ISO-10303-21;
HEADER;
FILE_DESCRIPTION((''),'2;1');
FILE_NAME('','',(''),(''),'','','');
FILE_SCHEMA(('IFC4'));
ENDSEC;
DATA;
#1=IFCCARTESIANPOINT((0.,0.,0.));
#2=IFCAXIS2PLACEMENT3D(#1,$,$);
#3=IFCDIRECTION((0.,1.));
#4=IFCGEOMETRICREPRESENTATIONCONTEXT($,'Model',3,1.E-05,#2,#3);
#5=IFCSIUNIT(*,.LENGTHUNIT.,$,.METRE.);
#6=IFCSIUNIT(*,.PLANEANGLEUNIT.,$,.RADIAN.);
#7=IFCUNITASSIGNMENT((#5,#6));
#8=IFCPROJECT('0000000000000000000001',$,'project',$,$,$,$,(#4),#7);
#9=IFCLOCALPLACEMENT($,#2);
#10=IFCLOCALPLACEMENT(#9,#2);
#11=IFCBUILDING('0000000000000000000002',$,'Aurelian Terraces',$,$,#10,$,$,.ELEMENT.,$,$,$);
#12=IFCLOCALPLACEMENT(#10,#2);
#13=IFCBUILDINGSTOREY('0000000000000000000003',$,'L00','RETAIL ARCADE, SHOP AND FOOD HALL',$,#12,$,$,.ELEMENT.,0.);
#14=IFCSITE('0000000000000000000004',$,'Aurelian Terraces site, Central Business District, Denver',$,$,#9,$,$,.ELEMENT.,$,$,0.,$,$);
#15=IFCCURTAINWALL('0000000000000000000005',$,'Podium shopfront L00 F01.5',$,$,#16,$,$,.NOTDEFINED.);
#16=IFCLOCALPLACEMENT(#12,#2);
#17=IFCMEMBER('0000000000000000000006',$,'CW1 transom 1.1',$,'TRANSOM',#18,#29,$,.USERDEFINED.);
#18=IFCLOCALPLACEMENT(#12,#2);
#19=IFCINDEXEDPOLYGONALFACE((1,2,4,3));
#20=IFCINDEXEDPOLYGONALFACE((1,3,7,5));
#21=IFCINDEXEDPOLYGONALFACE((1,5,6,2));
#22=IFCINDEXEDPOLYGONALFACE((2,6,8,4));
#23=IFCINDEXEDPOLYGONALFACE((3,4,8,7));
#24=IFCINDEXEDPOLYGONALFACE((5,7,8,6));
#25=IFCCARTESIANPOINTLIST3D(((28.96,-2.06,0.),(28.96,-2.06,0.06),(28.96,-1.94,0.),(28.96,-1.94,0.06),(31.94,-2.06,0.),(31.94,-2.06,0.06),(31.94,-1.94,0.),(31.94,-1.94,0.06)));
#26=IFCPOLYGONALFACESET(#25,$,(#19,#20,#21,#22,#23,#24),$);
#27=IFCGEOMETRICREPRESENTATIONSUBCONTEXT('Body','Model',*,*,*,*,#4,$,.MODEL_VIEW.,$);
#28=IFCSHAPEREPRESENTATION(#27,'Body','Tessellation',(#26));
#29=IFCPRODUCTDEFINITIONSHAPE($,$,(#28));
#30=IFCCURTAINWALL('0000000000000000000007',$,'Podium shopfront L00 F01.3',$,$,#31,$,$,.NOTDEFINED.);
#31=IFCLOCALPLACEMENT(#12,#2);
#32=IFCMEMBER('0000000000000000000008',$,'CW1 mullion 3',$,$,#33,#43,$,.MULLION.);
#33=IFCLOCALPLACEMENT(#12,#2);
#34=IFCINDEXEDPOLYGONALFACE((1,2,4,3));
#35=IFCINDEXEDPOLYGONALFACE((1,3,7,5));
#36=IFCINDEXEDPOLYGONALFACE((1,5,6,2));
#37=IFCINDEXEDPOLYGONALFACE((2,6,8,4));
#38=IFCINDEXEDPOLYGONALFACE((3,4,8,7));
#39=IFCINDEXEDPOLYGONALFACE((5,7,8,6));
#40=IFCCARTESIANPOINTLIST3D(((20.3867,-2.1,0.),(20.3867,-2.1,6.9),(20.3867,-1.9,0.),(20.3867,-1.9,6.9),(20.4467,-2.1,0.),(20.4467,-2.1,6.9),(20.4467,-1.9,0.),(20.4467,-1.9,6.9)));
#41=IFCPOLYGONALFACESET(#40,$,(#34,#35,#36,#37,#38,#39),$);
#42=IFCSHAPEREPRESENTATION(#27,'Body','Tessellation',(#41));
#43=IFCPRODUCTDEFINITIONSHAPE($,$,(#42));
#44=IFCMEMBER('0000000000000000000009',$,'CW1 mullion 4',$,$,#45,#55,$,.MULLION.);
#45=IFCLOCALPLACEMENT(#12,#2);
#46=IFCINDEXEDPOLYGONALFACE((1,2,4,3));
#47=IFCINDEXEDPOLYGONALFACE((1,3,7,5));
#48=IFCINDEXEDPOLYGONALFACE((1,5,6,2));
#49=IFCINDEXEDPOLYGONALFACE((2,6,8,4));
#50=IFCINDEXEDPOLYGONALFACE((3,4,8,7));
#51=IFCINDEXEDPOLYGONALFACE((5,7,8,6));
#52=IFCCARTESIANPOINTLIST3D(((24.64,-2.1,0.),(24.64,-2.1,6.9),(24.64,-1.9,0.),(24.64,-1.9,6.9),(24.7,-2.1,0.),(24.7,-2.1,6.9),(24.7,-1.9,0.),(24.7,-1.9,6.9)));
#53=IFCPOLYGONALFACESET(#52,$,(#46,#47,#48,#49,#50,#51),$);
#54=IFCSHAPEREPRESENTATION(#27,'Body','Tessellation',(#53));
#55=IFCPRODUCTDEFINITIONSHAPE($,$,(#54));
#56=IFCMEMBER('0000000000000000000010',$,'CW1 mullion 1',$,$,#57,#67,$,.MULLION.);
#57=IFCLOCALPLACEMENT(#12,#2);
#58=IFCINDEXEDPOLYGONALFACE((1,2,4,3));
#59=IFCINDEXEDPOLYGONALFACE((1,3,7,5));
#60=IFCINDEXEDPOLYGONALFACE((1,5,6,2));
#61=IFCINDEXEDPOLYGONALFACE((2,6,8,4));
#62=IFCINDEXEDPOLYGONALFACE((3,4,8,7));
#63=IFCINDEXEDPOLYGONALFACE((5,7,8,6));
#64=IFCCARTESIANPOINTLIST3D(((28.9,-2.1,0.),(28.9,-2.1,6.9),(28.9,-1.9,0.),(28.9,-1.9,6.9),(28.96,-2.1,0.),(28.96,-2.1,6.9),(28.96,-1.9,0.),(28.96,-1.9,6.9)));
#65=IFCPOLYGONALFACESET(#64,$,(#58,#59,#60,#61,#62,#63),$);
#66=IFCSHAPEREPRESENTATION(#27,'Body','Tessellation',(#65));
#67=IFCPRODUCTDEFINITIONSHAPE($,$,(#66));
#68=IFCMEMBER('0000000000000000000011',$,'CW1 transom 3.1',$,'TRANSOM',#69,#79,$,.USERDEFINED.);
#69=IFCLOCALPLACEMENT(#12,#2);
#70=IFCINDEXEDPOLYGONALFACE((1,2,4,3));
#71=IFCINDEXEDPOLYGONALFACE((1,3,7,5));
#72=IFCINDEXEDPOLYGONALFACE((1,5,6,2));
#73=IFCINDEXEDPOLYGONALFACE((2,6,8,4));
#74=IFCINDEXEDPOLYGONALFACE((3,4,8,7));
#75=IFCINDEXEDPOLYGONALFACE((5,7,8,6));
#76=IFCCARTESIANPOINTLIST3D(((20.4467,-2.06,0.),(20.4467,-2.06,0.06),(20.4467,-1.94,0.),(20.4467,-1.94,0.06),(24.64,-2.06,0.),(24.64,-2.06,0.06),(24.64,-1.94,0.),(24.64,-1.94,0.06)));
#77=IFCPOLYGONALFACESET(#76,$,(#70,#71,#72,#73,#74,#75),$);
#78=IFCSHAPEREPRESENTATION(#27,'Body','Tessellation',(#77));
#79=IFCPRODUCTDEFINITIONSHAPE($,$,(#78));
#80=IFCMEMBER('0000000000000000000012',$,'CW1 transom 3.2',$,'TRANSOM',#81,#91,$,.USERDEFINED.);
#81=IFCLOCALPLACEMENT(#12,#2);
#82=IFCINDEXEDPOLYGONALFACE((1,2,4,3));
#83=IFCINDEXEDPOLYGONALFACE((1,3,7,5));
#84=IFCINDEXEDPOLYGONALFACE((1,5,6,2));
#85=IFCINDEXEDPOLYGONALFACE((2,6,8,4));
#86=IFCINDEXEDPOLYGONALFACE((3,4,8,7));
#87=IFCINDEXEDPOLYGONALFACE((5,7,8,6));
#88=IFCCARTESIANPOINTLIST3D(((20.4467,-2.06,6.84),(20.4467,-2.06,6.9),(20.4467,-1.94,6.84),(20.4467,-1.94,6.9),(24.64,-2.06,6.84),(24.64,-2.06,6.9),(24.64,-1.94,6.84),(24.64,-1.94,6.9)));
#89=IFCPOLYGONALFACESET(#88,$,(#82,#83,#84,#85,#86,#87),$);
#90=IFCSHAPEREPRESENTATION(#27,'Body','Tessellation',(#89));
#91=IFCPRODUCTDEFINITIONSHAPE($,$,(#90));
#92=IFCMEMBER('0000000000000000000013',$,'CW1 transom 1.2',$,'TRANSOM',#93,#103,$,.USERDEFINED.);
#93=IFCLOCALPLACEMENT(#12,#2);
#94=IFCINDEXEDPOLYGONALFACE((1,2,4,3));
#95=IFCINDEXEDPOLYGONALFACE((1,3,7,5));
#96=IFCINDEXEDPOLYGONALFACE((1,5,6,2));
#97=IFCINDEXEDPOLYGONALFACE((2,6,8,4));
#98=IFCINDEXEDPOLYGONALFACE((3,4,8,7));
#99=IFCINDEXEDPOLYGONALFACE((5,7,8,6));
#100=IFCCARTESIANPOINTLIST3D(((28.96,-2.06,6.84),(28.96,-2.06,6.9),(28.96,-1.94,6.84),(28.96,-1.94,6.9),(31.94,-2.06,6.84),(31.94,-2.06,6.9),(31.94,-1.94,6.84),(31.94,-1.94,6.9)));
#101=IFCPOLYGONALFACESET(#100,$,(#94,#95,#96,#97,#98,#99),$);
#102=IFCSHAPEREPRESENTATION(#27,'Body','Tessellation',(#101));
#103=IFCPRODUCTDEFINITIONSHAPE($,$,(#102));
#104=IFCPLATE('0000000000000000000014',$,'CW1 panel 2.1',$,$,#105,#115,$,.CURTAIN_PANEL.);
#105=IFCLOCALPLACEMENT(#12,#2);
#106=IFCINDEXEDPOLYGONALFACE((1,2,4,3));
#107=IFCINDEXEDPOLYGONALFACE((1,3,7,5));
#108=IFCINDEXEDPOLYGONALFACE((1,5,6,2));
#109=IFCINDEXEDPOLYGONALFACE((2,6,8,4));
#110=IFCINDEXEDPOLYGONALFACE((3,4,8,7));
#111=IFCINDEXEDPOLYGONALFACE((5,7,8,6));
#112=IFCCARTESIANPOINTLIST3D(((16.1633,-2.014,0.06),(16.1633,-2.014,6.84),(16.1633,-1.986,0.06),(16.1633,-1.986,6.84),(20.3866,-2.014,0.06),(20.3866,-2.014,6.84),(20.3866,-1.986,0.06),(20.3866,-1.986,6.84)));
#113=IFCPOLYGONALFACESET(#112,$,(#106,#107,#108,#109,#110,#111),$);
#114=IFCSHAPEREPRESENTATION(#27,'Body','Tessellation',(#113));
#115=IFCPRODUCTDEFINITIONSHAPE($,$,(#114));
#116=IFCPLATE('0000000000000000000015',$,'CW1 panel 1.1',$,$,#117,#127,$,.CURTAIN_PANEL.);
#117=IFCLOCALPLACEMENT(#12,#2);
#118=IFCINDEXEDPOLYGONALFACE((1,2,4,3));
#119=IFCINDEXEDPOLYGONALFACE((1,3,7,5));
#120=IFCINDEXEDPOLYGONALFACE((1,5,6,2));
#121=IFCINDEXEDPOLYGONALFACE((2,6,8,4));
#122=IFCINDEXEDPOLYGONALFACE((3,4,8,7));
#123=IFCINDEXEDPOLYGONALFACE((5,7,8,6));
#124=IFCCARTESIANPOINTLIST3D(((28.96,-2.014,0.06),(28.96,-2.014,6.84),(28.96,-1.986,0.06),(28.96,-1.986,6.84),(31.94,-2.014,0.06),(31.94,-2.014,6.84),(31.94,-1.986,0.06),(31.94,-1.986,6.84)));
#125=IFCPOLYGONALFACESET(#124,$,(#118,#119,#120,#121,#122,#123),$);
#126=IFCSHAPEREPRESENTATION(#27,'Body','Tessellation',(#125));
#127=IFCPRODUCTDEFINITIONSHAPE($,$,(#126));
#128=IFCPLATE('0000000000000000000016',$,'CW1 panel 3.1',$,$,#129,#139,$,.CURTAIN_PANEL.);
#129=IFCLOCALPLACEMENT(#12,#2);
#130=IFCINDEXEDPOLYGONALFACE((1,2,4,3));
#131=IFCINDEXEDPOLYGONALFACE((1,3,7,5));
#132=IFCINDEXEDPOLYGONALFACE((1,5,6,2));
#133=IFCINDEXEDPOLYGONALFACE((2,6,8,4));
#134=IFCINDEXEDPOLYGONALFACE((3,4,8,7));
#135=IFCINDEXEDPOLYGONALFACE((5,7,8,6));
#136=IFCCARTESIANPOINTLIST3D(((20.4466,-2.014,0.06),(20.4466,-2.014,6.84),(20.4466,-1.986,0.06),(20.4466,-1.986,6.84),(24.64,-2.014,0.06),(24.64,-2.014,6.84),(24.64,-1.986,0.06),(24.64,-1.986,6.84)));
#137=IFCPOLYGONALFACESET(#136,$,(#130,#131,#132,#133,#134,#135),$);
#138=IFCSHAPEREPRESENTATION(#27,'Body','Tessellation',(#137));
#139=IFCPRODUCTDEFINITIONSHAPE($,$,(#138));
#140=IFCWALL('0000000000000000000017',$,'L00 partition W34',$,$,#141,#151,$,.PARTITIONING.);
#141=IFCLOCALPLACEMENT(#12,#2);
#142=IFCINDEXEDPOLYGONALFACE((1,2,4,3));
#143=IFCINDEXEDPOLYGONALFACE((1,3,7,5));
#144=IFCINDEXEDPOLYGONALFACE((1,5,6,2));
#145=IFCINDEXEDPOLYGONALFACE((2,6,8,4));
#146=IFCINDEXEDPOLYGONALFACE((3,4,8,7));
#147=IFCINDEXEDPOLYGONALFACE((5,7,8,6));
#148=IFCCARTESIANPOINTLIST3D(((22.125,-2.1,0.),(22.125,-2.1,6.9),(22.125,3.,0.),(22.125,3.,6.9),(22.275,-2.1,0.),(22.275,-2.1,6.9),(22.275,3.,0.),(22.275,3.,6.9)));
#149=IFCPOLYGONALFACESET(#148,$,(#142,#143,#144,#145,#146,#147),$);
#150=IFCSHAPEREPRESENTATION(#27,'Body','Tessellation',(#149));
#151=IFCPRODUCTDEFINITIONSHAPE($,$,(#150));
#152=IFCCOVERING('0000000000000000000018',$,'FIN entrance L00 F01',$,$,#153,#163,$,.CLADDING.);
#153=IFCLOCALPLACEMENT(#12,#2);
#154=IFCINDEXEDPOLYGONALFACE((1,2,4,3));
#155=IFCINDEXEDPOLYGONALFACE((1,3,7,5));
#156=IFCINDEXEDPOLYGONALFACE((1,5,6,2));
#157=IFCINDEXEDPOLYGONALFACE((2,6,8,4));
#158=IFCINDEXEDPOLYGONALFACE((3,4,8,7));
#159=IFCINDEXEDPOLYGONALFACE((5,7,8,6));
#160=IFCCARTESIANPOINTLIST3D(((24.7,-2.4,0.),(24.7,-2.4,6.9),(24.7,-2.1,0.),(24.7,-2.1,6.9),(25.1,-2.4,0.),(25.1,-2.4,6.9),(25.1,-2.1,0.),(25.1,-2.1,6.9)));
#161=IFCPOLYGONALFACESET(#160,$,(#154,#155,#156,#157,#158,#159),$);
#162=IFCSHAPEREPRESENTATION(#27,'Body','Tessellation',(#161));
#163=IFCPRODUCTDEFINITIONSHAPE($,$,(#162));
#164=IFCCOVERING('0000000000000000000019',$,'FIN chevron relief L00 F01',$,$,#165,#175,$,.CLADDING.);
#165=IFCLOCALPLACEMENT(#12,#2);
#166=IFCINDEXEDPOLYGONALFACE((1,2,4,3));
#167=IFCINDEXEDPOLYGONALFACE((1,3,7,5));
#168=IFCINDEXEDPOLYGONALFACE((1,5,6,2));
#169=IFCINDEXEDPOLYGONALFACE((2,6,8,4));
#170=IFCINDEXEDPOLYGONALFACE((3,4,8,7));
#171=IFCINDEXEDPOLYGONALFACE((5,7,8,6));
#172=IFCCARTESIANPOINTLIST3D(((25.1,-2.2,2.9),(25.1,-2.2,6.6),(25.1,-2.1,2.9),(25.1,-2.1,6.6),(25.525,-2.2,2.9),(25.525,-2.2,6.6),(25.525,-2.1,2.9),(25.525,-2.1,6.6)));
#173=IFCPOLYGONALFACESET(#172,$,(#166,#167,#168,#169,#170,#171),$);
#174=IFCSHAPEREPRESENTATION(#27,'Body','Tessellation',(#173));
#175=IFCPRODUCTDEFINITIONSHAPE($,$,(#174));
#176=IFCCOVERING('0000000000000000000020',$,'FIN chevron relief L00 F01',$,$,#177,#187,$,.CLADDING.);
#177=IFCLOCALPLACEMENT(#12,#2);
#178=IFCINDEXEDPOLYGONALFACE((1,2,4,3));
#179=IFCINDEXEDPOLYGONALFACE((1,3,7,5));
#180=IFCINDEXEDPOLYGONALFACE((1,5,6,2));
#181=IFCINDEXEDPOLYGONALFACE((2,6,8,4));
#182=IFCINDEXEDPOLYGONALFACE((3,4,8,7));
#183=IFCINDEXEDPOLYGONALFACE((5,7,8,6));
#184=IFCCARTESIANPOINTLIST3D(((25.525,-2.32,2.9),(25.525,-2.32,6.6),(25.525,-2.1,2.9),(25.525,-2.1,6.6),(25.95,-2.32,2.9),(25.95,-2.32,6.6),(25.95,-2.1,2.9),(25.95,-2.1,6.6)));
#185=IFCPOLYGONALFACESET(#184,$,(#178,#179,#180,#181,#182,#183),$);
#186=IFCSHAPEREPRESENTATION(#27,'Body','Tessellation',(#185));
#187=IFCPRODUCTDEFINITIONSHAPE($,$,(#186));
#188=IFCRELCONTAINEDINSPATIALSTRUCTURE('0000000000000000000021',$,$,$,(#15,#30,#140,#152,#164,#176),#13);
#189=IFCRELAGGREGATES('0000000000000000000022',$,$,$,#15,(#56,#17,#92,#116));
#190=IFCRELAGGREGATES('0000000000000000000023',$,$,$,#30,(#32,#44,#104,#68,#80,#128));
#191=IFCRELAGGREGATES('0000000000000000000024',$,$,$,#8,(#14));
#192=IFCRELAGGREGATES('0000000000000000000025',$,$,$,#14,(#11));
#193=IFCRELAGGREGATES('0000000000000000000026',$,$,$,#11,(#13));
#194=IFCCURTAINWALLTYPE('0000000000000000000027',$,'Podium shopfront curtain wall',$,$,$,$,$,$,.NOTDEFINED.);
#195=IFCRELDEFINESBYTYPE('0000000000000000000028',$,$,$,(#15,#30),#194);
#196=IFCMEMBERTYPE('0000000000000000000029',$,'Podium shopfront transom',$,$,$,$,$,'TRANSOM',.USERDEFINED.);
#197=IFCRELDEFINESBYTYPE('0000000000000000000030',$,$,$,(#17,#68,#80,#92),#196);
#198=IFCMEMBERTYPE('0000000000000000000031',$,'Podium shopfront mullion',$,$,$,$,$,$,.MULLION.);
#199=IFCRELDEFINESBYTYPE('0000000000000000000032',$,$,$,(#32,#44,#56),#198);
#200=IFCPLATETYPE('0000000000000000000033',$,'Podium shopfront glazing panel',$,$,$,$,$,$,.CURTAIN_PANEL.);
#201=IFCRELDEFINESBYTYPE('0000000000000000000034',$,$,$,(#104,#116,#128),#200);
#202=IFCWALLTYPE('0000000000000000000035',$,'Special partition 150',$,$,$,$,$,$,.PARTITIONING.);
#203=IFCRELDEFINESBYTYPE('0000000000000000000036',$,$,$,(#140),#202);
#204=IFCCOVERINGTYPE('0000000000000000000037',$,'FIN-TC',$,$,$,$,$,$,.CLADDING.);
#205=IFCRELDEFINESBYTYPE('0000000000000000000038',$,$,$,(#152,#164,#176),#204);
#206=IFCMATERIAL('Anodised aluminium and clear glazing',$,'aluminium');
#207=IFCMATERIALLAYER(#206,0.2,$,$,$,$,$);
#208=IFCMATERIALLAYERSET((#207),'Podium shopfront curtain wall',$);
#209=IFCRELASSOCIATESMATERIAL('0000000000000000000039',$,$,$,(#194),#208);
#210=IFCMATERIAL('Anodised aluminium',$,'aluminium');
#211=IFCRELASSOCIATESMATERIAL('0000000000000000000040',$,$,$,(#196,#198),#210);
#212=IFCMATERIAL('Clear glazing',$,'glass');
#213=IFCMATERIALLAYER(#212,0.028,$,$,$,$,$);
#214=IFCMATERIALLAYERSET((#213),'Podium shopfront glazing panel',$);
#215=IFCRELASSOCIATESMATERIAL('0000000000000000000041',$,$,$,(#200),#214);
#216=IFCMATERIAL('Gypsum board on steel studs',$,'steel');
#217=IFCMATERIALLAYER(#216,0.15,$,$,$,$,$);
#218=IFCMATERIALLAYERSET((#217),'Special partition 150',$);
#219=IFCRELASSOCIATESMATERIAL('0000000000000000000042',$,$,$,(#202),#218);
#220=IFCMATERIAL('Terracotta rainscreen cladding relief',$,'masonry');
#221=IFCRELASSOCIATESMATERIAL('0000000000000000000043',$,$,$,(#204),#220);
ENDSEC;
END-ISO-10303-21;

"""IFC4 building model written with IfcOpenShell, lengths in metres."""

from ifc_helpers import new_model, si_unit, direction, frame, frame_2d, origin, origin_2d, place, context, subcontext, project, spatial, rectangle, extrude, source, transform, mapped, material, layer, layer_set, material_profile, profile_set, type_object, element, aggregate, save


model = new_model("IFC4")

# Units and contexts
model_context = context("Model", 3, precision=1e-05, world=origin(), true_north=direction((0.0, 1.0)))
body_context = subcontext(model_context, "Body", "Model", "MODEL_VIEW")
ifc_project = project(units=[si_unit("LENGTHUNIT", "METRE"), si_unit("PLANEANGLEUNIT", "RADIAN")], contexts=[model_context])

# Site, building, storey
site_placement = place(None, origin())
site = spatial("IfcSite", under=ifc_project, at=site_placement, Name="Aurelian Terraces site, Central Business District, Denver", CompositionType="ELEMENT", RefElevation=0.0)
building_placement = place(site_placement, origin())
building = spatial("IfcBuilding", under=site, at=building_placement, Name="Aurelian Terraces", CompositionType="ELEMENT")
storey_placement = place(building_placement, origin())
storey = spatial("IfcBuildingStorey", under=building, at=storey_placement, Name="L00", Description="RETAIL ARCADE, SHOP AND FOOD HALL", CompositionType="ELEMENT", Elevation=0.0)

# Curtain wall, member
ifc_material_1 = material(Name="Anodised aluminium and clear glazing", Category="aluminium")
ifc_layer_1 = layer(ifc_material_1, 0.2)
ifc_layer_set_1 = layer_set([ifc_layer_1], Name="Podium shopfront curtain wall")
curtain_wall_type = type_object("IfcCurtainWallType", Name="Podium shopfront curtain wall", PredefinedType="NOTDEFINED", material=ifc_layer_set_1)
curtain_wall_1_placement = place(storey_placement, origin())
curtain_wall_1 = element("IfcCurtainWall", 1, at=curtain_wall_1_placement, inside=storey, type_object=curtain_wall_type, Name="Podium shopfront L00 F01.5", PredefinedType="NOTDEFINED")
ifc_material_2 = material(Name="Anodised aluminium", Category="aluminium")
ifc_material_profile_1 = material_profile(ifc_material_2, rectangle(XDim=0.12, YDim=0.06, at=origin_2d()))
ifc_profile_set_1 = profile_set([ifc_material_profile_1], Name="Anodised aluminium")
member_type_1 = type_object("IfcMemberType", Name="Podium shopfront transom", ElementType="TRANSOM", PredefinedType="USERDEFINED", material=ifc_profile_set_1)
member_1_placement = place(storey_placement, frame((28.96, -2.0, 0.03), z_axis=(1.0, 0.0, 0.0), x_axis=(0.0, 1.0, 0.0)))
member_1 = element("IfcMember", 2, at=member_1_placement, type_object=member_type_1, Name="CW1 transom 1.1", ObjectType="TRANSOM", PredefinedType="USERDEFINED", context=body_context, shape_type="SweptSolid", body=[
    extrude(rectangle(XDim=0.12, YDim=0.06, at=origin_2d()), origin(), (0.0, 0.0, 1.0), 2.98),
])

# Curtain wall, members
curtain_wall_2_placement = place(storey_placement, origin())
curtain_wall_2 = element("IfcCurtainWall", 3, at=curtain_wall_2_placement, inside=storey, type_object=curtain_wall_type, Name="Podium shopfront L00 F01.3", PredefinedType="NOTDEFINED")
ifc_material_profile_2 = material_profile(ifc_material_2, rectangle(XDim=0.2, YDim=0.06, at=origin_2d()))
ifc_profile_set_2 = profile_set([ifc_material_profile_2], Name="Anodised aluminium")
member_type_2 = type_object("IfcMemberType", Name="Podium shopfront mullion", PredefinedType="MULLION", material=ifc_profile_set_2)
shared_shape_1 = source(origin(), body_context, "Body", "SweptSolid", [
    extrude(rectangle(XDim=0.2, YDim=0.06, at=origin_2d()), origin(), (0.0, 0.0, 1.0), 6.9),
])
member_2_placement = place(storey_placement, frame((20.4167, -2.0, 0.0), z_axis=(0.0, 0.0, 1.0), x_axis=(0.0, 1.0, 0.0)))
member_2 = element("IfcMember", 4, at=member_2_placement, type_object=member_type_2, Name="CW1 mullion 3", PredefinedType="MULLION", context=body_context, shape_type="MappedRepresentation", body=[
    mapped(shared_shape_1, transform((0.0, 0.0, 0.0), scale=1.0)),
])
member_3_placement = place(storey_placement, frame((24.67, -2.0, 0.0), z_axis=(0.0, 0.0, 1.0), x_axis=(0.0, 1.0, 0.0)))
member_3 = element("IfcMember", 5, at=member_3_placement, type_object=member_type_2, Name="CW1 mullion 4", PredefinedType="MULLION", context=body_context, shape_type="MappedRepresentation", body=[
    mapped(shared_shape_1, transform((0.0, 0.0, 0.0), scale=1.0)),
])

# Members
member_4_placement = place(storey_placement, frame((28.93, -2.0, 0.0), z_axis=(0.0, 0.0, 1.0), x_axis=(0.0, 1.0, 0.0)))
member_4 = element("IfcMember", 6, at=member_4_placement, type_object=member_type_2, Name="CW1 mullion 1", PredefinedType="MULLION", context=body_context, shape_type="MappedRepresentation", body=[
    mapped(shared_shape_1, transform((0.0, 0.0, 0.0), scale=1.0)),
])
shared_shape_2 = source(origin(), body_context, "Body", "SweptSolid", [
    extrude(rectangle(XDim=0.12, YDim=0.06, at=origin_2d()), origin(), (0.0, 0.0, 1.0), 4.1933),
])
member_5_placement = place(storey_placement, frame((20.4467, -2.0, 0.03), z_axis=(1.0, 0.0, 0.0), x_axis=(0.0, 1.0, 0.0)))
member_5 = element("IfcMember", 7, at=member_5_placement, type_object=member_type_1, Name="CW1 transom 3.1", ObjectType="TRANSOM", PredefinedType="USERDEFINED", context=body_context, shape_type="MappedRepresentation", body=[
    mapped(shared_shape_2, transform((0.0, 0.0, 0.0), scale=1.0)),
])
member_6_placement = place(storey_placement, frame((20.4467, -2.0, 6.87), z_axis=(1.0, 0.0, 0.0), x_axis=(0.0, 1.0, 0.0)))
member_6 = element("IfcMember", 8, at=member_6_placement, type_object=member_type_1, Name="CW1 transom 3.2", ObjectType="TRANSOM", PredefinedType="USERDEFINED", context=body_context, shape_type="MappedRepresentation", body=[
    mapped(shared_shape_2, transform((0.0, 0.0, 0.0), scale=1.0)),
])
shared_shape_3 = source(origin(), body_context, "Body", "SweptSolid", [
    extrude(rectangle(XDim=0.12, YDim=0.06, at=origin_2d()), origin(), (0.0, 0.0, 1.0), 2.98),
])
member_7_placement = place(storey_placement, frame((28.96, -2.0, 6.87), z_axis=(1.0, 0.0, 0.0), x_axis=(0.0, 1.0, 0.0)))
member_7 = element("IfcMember", 9, at=member_7_placement, type_object=member_type_1, Name="CW1 transom 1.2", ObjectType="TRANSOM", PredefinedType="USERDEFINED", context=body_context, shape_type="MappedRepresentation", body=[
    mapped(shared_shape_3, transform((0.0, 0.0, 0.0), scale=1.0)),
])

# Plates
ifc_material_3 = material(Name="Clear glazing", Category="glass")
ifc_layer_2 = layer(ifc_material_3, 0.028)
ifc_layer_set_2 = layer_set([ifc_layer_2], Name="Podium shopfront glazing panel")
plate_type = type_object("IfcPlateType", Name="Podium shopfront glazing panel", PredefinedType="CURTAIN_PANEL", material=ifc_layer_set_2)
plate_1_placement = place(storey_placement, frame((18.275, -2.0, 0.06), z_axis=(0.0, 0.0, 1.0), x_axis=(1.0, 0.0, 0.0)))
plate_1 = element("IfcPlate", 10, at=plate_1_placement, type_object=plate_type, Name="CW1 panel 2.1", PredefinedType="CURTAIN_PANEL", context=body_context, shape_type="SweptSolid", body=[
    extrude(rectangle(XDim=4.2233, YDim=0.028, at=origin_2d()), origin(), (0.0, 0.0, 1.0), 6.78),
])
plate_2_placement = place(storey_placement, frame((30.45, -2.0, 0.06), z_axis=(0.0, 0.0, 1.0), x_axis=(1.0, 0.0, 0.0)))
plate_2 = element("IfcPlate", 11, at=plate_2_placement, type_object=plate_type, Name="CW1 panel 1.1", PredefinedType="CURTAIN_PANEL", context=body_context, shape_type="SweptSolid", body=[
    extrude(rectangle(XDim=2.98, YDim=0.028, at=origin_2d()), origin(), (0.0, 0.0, 1.0), 6.78),
])
aggregate(curtain_wall_1, [member_4, member_1, member_7, plate_2])
shared_shape_4 = source(origin(), body_context, "Body", "SweptSolid", [
    extrude(rectangle(XDim=4.1933, YDim=0.028, at=origin_2d()), origin(), (0.0, 0.0, 1.0), 6.78),
])
plate_3_placement = place(storey_placement, frame((22.5433, -2.0, 0.06), z_axis=(0.0, 0.0, 1.0), x_axis=(1.0, 0.0, 0.0)))
plate_3 = element("IfcPlate", 12, at=plate_3_placement, type_object=plate_type, Name="CW1 panel 3.1", PredefinedType="CURTAIN_PANEL", context=body_context, shape_type="MappedRepresentation", body=[
    mapped(shared_shape_4, transform((0.0, 0.0, 0.0), scale=1.0)),
])
aggregate(curtain_wall_2, [member_2, member_3, plate_1, member_5, member_6, plate_3])

# Wall
ifc_material_4 = material(Name="Gypsum board on steel studs", Category="steel")
ifc_layer_3 = layer(ifc_material_4, 0.15)
ifc_layer_set_3 = layer_set([ifc_layer_3], Name="Special partition 150")
wall_type = type_object("IfcWallType", Name="Special partition 150", PredefinedType="PARTITIONING", material=ifc_layer_set_3)
shared_shape_5 = source(origin(), body_context, "Body", "SweptSolid", [
    extrude(rectangle(XDim=5.1, YDim=0.15, at=frame_2d((2.55, 0.0))), origin(), (0.0, 0.0, 1.0), 6.9),
])
wall_placement = place(storey_placement, frame((22.2, -2.1, 0.0), z_axis=(0.0, 0.0, 1.0), x_axis=(0.0, 1.0, 0.0)))
element("IfcWall", 13, at=wall_placement, inside=storey, type_object=wall_type, Name="L00 partition W34", PredefinedType="PARTITIONING", context=body_context, shape_type="MappedRepresentation", body=[
    mapped(shared_shape_5, transform((0.0, 0.0, 0.0), scale=1.0)),
])

# Coverings
ifc_material_5 = material(Name="Terracotta rainscreen cladding relief", Category="masonry")
covering_type = type_object("IfcCoveringType", Name="FIN-TC", PredefinedType="CLADDING", material=ifc_material_5)
covering_1_placement = place(storey_placement, frame((24.9, -2.25, 0.0), z_axis=(0.0, 0.0, 1.0), x_axis=(1.0, 0.0, 0.0)))
element("IfcCovering", 14, at=covering_1_placement, inside=storey, type_object=covering_type, Name="FIN entrance L00 F01", PredefinedType="CLADDING", context=body_context, shape_type="SweptSolid", body=[
    extrude(rectangle(XDim=0.4, YDim=0.3, at=origin_2d()), origin(), (0.0, 0.0, 1.0), 6.9),
])
covering_2_placement = place(storey_placement, frame((25.3125, -2.15, 2.9), z_axis=(0.0, 0.0, 1.0), x_axis=(1.0, 0.0, 0.0)))
element("IfcCovering", 15, at=covering_2_placement, inside=storey, type_object=covering_type, Name="FIN chevron relief L00 F01", PredefinedType="CLADDING", context=body_context, shape_type="SweptSolid", body=[
    extrude(rectangle(XDim=0.425, YDim=0.1, at=origin_2d()), origin(), (0.0, 0.0, 1.0), 3.7),
])
covering_3_placement = place(storey_placement, frame((25.7375, -2.21, 2.9), z_axis=(0.0, 0.0, 1.0), x_axis=(1.0, 0.0, 0.0)))
element("IfcCovering", 16, at=covering_3_placement, inside=storey, type_object=covering_type, Name="FIN chevron relief L00 F01", PredefinedType="CLADDING", context=body_context, shape_type="SweptSolid", body=[
    extrude(rectangle(XDim=0.425, YDim=0.22, at=origin_2d()), origin(), (0.0, 0.0, 1.0), 3.7),
])

save(model, "model.ifc")
